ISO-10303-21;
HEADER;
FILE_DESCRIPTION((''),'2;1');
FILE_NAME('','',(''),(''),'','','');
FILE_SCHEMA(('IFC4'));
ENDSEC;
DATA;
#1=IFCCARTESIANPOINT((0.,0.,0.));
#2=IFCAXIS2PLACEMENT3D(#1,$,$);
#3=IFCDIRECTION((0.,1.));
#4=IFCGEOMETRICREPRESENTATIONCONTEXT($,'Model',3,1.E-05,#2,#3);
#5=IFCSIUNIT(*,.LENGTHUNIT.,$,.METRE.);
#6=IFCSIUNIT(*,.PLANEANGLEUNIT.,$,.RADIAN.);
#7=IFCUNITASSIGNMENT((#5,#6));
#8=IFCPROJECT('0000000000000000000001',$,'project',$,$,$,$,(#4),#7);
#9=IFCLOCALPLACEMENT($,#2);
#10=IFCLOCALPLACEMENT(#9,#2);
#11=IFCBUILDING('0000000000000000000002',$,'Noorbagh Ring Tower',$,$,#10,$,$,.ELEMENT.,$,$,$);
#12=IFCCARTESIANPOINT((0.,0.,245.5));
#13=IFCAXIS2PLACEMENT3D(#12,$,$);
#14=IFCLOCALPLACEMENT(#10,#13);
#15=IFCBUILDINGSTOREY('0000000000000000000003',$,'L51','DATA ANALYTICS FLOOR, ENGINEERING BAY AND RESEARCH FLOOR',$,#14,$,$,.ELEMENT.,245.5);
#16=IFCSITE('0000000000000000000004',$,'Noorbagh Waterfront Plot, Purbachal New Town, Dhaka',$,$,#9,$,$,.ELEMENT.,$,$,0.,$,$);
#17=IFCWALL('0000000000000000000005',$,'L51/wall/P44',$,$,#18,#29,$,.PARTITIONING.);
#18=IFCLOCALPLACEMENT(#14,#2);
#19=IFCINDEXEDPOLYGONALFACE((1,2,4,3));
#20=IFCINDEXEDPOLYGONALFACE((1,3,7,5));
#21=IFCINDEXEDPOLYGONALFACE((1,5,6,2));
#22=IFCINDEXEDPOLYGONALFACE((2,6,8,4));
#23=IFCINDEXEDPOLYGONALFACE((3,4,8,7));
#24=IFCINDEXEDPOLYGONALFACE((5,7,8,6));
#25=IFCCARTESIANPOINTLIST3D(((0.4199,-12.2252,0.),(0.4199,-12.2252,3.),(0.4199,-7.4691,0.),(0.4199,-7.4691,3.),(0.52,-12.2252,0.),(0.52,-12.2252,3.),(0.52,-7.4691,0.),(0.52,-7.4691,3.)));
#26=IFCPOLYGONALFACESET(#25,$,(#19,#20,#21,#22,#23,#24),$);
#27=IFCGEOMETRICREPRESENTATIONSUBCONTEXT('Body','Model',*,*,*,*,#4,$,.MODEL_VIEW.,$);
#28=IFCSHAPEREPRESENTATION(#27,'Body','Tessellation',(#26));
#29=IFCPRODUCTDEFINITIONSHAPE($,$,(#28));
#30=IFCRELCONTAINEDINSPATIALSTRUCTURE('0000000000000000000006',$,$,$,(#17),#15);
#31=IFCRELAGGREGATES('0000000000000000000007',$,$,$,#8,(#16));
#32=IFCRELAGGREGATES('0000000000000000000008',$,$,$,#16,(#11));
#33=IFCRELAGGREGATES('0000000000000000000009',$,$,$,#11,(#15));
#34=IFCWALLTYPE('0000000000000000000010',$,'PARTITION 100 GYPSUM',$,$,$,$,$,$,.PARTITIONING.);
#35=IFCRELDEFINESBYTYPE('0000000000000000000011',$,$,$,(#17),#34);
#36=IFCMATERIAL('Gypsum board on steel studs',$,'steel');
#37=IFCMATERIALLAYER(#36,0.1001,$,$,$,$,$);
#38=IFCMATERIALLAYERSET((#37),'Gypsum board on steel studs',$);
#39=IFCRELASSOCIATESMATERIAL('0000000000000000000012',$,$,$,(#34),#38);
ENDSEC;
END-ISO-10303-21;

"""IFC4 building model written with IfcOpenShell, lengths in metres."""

from ifc_helpers import new_model, si_unit, direction, frame, frame_2d, origin, place, context, subcontext, project, spatial, rectangle, extrude, material, layer, layer_set, type_object, element, save


model = new_model("IFC4")

# Units and contexts
model_context = context("Model", 3, precision=1e-05, world=origin(), true_north=direction((0.0, 1.0)))
body_context = subcontext(model_context, "Body", "Model", "MODEL_VIEW")
ifc_project = project(units=[si_unit("LENGTHUNIT", "METRE"), si_unit("PLANEANGLEUNIT", "RADIAN")], contexts=[model_context])

# Site, building, storey
site_placement = place(None, origin())
site = spatial("IfcSite", under=ifc_project, at=site_placement, Name="Noorbagh Waterfront Plot, Purbachal New Town, Dhaka", CompositionType="ELEMENT", RefElevation=0.0)
building_placement = place(site_placement, origin())
building = spatial("IfcBuilding", under=site, at=building_placement, Name="Noorbagh Ring Tower", CompositionType="ELEMENT")
storey_placement = place(building_placement, frame((0.0, 0.0, 245.5)))
storey = spatial("IfcBuildingStorey", under=building, at=storey_placement, Name="L51", Description="DATA ANALYTICS FLOOR, ENGINEERING BAY AND RESEARCH FLOOR", CompositionType="ELEMENT", Elevation=245.5)

# Wall
ifc_material_1 = material(Name="Gypsum board on steel studs", Category="steel")
ifc_layer_1 = layer(ifc_material_1, 0.1001)
ifc_layer_set_1 = layer_set([ifc_layer_1], Name="Gypsum board on steel studs")
wall_type = type_object("IfcWallType", Name="PARTITION 100 GYPSUM", PredefinedType="PARTITIONING", material=ifc_layer_set_1)
wall_placement = place(storey_placement, frame((0.47, -12.2251, 0.0), z_axis=(0.0, 0.0, 1.0), x_axis=(0.0, 1.0, 0.0)))
element("IfcWall", 1, at=wall_placement, inside=storey, type_object=wall_type, Name="L51/wall/P44", PredefinedType="PARTITIONING", context=body_context, shape_type="SweptSolid", body=[
    extrude(rectangle(XDim=4.7561, YDim=0.1001, at=frame_2d((2.3779, 0.0))), origin(), (0.0, 0.0, 1.0), 3.0),
])

save(model, "model.ifc")
